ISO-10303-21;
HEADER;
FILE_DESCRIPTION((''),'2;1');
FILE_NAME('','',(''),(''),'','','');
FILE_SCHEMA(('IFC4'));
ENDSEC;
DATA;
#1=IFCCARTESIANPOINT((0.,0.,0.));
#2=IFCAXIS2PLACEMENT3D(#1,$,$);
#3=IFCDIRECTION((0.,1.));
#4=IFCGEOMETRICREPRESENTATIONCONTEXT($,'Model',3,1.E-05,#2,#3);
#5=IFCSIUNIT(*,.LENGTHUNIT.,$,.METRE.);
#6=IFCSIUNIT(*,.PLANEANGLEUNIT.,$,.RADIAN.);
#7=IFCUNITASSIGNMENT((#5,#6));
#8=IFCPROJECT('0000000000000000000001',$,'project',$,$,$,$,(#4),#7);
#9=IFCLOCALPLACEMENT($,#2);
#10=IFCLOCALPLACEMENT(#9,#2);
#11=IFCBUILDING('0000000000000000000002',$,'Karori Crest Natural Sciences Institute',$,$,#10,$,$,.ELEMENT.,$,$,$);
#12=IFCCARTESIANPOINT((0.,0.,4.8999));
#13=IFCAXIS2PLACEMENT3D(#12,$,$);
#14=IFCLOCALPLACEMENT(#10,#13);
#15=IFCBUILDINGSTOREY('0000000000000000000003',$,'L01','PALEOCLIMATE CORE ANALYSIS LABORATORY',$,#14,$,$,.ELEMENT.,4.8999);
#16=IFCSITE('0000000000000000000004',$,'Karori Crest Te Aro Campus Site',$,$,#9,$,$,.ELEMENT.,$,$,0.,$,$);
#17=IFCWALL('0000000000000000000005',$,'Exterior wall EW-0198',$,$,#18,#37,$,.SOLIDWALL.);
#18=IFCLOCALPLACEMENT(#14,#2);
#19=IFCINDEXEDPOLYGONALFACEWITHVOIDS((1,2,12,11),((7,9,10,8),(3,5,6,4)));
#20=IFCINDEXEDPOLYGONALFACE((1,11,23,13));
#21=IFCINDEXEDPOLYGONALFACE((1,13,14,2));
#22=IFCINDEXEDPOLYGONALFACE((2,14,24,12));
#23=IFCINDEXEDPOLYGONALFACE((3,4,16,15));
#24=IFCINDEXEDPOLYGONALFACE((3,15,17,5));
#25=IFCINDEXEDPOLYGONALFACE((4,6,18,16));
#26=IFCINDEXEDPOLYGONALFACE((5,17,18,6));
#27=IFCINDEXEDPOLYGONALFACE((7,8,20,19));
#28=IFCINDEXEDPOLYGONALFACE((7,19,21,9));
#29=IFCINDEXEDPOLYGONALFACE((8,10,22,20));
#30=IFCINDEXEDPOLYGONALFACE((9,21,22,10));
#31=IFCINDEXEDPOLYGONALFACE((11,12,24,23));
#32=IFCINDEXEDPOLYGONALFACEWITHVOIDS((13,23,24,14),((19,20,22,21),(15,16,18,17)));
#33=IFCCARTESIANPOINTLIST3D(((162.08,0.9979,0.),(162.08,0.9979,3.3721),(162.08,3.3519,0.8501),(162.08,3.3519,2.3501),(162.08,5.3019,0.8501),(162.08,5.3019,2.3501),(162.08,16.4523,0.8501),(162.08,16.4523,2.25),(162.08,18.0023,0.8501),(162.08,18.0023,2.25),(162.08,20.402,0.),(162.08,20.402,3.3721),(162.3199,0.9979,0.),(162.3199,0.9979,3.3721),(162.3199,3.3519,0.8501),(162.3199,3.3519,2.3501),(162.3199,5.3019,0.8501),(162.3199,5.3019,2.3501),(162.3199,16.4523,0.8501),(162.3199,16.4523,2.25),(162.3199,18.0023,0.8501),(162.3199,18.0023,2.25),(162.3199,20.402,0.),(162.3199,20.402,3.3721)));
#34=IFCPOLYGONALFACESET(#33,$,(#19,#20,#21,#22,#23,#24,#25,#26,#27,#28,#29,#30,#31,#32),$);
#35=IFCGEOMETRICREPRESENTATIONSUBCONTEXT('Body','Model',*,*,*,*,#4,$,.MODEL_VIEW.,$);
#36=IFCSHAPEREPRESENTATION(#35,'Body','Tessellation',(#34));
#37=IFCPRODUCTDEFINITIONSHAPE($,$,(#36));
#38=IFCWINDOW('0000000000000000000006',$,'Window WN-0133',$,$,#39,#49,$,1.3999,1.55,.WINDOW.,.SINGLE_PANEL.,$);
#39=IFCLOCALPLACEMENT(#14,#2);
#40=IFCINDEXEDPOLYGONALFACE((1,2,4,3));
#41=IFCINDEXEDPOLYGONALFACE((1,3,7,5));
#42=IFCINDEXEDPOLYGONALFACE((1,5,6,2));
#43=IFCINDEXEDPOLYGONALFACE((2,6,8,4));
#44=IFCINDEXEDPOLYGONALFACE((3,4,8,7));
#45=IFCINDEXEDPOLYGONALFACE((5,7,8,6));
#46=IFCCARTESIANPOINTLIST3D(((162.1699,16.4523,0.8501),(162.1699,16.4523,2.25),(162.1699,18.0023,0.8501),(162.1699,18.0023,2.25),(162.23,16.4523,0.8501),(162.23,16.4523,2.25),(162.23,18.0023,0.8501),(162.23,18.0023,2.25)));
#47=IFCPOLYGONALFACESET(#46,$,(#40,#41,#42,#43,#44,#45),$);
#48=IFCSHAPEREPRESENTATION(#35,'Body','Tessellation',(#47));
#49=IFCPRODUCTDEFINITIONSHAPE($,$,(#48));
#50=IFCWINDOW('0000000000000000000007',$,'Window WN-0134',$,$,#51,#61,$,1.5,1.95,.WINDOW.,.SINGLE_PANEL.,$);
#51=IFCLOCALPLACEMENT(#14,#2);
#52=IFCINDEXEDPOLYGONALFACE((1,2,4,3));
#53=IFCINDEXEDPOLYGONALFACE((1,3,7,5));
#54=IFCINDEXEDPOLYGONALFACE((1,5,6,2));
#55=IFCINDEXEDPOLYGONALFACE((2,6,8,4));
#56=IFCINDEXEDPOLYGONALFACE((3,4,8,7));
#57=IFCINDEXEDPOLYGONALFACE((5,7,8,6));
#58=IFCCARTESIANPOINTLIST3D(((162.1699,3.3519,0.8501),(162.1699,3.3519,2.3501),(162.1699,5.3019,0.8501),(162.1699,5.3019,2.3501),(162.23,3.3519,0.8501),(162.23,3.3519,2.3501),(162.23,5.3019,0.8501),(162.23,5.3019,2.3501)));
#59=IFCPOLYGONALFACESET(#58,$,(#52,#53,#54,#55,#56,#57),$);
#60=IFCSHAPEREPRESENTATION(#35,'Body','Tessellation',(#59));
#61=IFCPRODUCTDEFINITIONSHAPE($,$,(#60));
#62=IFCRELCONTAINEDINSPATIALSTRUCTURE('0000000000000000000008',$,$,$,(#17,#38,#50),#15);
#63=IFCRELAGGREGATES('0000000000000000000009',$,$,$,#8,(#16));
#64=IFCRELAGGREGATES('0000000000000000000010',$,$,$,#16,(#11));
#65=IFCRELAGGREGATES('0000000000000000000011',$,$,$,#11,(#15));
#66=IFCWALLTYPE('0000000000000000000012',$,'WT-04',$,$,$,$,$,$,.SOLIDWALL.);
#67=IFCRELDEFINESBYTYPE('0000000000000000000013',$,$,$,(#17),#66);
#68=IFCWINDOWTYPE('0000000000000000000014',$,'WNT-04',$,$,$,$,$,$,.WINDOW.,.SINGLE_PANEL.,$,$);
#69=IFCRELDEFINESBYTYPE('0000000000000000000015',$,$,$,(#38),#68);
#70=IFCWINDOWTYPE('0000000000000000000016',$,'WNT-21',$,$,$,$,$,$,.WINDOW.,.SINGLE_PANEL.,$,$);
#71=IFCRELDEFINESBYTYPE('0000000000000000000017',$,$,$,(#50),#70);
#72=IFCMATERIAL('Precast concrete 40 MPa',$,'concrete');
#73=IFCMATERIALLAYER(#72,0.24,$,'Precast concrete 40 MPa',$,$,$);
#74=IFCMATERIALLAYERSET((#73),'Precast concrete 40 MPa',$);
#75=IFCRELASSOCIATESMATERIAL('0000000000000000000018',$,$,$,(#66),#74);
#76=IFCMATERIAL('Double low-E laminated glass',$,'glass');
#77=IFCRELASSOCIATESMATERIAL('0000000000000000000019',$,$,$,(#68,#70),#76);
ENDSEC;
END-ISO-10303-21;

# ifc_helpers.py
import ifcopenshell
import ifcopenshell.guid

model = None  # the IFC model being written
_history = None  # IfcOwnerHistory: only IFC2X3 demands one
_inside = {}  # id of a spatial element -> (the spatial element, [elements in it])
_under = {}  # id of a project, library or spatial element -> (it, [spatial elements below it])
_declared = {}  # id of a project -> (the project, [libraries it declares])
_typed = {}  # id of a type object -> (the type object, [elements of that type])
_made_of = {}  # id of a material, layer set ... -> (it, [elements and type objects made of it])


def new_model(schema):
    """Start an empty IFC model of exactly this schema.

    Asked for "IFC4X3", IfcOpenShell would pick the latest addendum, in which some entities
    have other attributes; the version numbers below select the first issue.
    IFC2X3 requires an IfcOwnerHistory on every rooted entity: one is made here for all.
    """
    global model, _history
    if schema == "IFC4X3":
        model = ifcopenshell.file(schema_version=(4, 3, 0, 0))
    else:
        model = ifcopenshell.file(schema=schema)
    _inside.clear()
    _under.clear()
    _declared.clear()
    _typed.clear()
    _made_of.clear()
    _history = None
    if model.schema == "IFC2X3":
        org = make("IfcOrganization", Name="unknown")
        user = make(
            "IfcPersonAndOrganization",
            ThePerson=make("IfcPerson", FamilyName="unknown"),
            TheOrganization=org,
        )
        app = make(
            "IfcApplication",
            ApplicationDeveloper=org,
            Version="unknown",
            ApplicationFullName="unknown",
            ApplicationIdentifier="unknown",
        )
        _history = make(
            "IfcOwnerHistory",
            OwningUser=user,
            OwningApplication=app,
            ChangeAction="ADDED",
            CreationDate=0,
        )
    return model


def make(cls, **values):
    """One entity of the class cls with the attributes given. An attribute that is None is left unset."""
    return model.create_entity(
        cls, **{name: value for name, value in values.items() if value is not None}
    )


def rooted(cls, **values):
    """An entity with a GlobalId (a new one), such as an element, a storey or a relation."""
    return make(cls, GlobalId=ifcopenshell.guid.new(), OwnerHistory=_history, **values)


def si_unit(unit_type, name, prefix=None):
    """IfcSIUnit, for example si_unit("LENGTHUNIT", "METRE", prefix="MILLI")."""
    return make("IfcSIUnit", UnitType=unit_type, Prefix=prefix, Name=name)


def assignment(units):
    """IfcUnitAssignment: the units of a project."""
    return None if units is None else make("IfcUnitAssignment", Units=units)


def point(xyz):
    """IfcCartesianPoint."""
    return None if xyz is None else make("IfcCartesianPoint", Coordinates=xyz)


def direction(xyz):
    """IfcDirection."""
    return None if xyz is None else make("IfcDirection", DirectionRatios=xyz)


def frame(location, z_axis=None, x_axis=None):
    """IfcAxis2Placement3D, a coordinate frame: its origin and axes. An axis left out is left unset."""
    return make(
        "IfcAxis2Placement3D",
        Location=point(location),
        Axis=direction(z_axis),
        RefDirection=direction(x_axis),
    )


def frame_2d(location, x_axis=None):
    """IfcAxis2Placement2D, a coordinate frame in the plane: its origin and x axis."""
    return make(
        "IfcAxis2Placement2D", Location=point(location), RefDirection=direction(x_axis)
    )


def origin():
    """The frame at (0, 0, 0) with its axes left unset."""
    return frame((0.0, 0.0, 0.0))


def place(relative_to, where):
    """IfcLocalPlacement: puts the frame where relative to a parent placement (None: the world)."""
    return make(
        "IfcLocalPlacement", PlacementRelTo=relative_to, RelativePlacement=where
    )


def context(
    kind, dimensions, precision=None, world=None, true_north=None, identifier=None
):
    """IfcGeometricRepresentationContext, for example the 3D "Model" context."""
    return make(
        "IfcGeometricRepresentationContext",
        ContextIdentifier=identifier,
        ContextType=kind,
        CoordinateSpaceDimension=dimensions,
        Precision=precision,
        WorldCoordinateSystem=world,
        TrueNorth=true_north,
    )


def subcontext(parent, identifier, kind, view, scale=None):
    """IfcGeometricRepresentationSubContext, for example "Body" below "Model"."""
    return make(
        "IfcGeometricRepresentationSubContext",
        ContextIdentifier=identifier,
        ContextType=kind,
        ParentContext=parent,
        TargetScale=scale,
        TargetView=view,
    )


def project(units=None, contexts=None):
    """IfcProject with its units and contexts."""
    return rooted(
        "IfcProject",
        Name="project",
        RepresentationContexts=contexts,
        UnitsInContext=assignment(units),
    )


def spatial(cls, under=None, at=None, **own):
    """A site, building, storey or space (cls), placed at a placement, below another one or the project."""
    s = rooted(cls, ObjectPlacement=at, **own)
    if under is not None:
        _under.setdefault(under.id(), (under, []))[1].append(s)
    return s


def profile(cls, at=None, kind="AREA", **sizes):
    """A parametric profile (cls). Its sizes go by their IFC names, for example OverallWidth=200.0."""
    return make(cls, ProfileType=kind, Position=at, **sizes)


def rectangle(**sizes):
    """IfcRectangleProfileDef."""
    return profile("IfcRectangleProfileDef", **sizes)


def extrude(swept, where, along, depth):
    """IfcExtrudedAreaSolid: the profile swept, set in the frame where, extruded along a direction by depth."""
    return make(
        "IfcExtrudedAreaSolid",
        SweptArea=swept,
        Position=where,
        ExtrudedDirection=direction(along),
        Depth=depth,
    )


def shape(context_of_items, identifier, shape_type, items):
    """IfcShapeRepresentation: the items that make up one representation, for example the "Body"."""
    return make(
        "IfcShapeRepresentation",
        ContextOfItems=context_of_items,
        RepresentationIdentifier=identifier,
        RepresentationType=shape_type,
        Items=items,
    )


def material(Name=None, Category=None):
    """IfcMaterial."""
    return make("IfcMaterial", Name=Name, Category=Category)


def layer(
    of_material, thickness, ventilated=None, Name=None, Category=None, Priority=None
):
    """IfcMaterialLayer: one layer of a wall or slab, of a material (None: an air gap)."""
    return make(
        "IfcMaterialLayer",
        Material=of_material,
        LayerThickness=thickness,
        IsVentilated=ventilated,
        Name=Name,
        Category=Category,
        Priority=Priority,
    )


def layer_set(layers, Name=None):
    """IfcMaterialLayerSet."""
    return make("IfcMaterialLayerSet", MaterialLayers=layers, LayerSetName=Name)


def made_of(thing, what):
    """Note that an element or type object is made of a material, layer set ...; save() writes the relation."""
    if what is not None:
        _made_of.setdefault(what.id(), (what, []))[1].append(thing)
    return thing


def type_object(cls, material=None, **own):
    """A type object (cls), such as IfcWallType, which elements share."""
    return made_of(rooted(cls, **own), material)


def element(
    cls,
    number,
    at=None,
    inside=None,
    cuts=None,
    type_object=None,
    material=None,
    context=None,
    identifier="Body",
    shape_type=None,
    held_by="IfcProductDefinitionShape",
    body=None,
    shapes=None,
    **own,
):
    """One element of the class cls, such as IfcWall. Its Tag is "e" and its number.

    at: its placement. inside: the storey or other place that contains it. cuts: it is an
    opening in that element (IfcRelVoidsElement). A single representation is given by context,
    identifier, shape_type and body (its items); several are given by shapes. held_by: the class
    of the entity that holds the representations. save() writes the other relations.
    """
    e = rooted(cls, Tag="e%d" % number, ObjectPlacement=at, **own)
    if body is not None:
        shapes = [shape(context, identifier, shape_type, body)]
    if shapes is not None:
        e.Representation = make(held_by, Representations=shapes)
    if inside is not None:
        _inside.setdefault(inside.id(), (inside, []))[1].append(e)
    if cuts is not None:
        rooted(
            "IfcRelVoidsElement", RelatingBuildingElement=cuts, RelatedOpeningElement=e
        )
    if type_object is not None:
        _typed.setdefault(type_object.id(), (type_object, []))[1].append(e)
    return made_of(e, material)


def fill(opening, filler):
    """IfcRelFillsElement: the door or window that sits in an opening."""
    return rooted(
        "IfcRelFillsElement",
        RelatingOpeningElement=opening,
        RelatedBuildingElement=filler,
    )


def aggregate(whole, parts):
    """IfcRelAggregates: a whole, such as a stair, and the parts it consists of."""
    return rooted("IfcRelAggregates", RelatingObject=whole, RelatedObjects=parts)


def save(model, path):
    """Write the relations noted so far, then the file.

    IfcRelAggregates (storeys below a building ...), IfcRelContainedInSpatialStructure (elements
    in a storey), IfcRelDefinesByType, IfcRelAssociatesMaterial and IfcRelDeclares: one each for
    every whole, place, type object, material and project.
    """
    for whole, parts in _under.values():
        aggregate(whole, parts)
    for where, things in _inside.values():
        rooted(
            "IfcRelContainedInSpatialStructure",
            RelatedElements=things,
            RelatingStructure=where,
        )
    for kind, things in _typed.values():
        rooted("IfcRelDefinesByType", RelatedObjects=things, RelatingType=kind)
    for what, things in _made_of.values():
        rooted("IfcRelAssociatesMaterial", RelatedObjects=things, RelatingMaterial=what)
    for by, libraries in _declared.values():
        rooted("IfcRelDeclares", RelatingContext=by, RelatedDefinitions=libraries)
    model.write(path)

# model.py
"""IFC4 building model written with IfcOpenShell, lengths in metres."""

from ifc_helpers import new_model, si_unit, direction, frame, frame_2d, origin, place, context, subcontext, project, spatial, rectangle, extrude, material, layer, layer_set, type_object, element, fill, save


model = new_model("IFC4")

# Units and contexts
model_context = context("Model", 3, precision=1e-05, world=origin(), true_north=direction((0.0, 1.0)))
body_context = subcontext(model_context, "Body", "Model", "MODEL_VIEW")
ifc_project = project(units=[si_unit("LENGTHUNIT", "METRE"), si_unit("PLANEANGLEUNIT", "RADIAN")], contexts=[model_context])

# Site, building, storey
site_placement = place(None, origin())
site = spatial("IfcSite", under=ifc_project, at=site_placement, Name="Karori Crest Te Aro Campus Site", CompositionType="ELEMENT", RefElevation=0.0)
building_placement = place(site_placement, origin())
building = spatial("IfcBuilding", under=site, at=building_placement, Name="Karori Crest Natural Sciences Institute", CompositionType="ELEMENT")
storey_placement = place(building_placement, frame((0.0, 0.0, 4.8999)))
storey = spatial("IfcBuildingStorey", under=building, at=storey_placement, Name="L01", Description="PALEOCLIMATE CORE ANALYSIS LABORATORY", CompositionType="ELEMENT", Elevation=4.8999)

# Shared definitions
ifc_material_1 = material(Name="Double low-E laminated glass", Category="glass")

# Wall, openings, windows
ifc_material_2 = material(Name="Precast concrete 40 MPa", Category="concrete")
ifc_layer_1 = layer(ifc_material_2, 0.24, Name="Precast concrete 40 MPa")
ifc_layer_set_1 = layer_set([ifc_layer_1], Name="Precast concrete 40 MPa")
wall_type = type_object("IfcWallType", Name="WT-04", PredefinedType="SOLIDWALL", material=ifc_layer_set_1)
wall_placement = place(storey_placement, frame((162.2, 20.4021, 0.0), z_axis=(0.0, 0.0, 1.0), x_axis=(0.0, -1.0, 0.0)))
wall = element("IfcWall", 1, at=wall_placement, inside=storey, type_object=wall_type, Name="Exterior wall EW-0198", PredefinedType="SOLIDWALL", context=body_context, shape_type="SweptSolid", body=[
    extrude(rectangle(XDim=19.4041, YDim=0.24, at=frame_2d((9.7021, 0.0))), origin(), (0.0, 0.0, 1.0), 3.3721),
])
opening_1_placement = place(wall_placement, frame((2.3999, 0.0, 0.8501)))
opening_1 = element("IfcOpeningElement", 2, at=opening_1_placement, cuts=wall, PredefinedType="OPENING", context=body_context, shape_type="SweptSolid", body=[
    extrude(rectangle(XDim=1.55, YDim=1.3999, at=frame_2d((0.7749, 0.7))), frame((0.0, 0.1299, 0.0), z_axis=(0.0, -1.0, 0.0), x_axis=(1.0, 0.0, 0.0)), (0.0, 0.0, 1.0), 0.26),
])
opening_2_placement = place(wall_placement, frame((15.1001, 0.0, 0.8501)))
opening_2 = element("IfcOpeningElement", 3, at=opening_2_placement, cuts=wall, PredefinedType="OPENING", context=body_context, shape_type="SweptSolid", body=[
    extrude(rectangle(XDim=1.95, YDim=1.5, at=frame_2d((0.9751, 0.75))), frame((0.0, 0.1299, 0.0), z_axis=(0.0, -1.0, 0.0), x_axis=(1.0, 0.0, 0.0)), (0.0, 0.0, 1.0), 0.26),
])
window_type_1 = type_object("IfcWindowType", Name="WNT-04", PartitioningType="SINGLE_PANEL", PredefinedType="WINDOW", material=ifc_material_1)
window_1_placement = place(opening_1_placement, origin())
window_1 = element("IfcWindow", 4, at=window_1_placement, inside=storey, type_object=window_type_1, Name="Window WN-0133", OverallHeight=1.3999, OverallWidth=1.55, PartitioningType="SINGLE_PANEL", PredefinedType="WINDOW", context=body_context, shape_type="SweptSolid", body=[
    extrude(rectangle(XDim=1.55, YDim=1.3999, at=frame_2d((0.7749, 0.7))), frame((0.0, 0.03, 0.0), z_axis=(0.0, -1.0, 0.0), x_axis=(1.0, 0.0, 0.0)), (0.0, 0.0, 1.0), 0.0601),
])
fill(opening_1, window_1)
window_type_2 = type_object("IfcWindowType", Name="WNT-21", PartitioningType="SINGLE_PANEL", PredefinedType="WINDOW", material=ifc_material_1)
window_2_placement = place(opening_2_placement, origin())
window_2 = element("IfcWindow", 5, at=window_2_placement, inside=storey, type_object=window_type_2, Name="Window WN-0134", OverallHeight=1.5, OverallWidth=1.95, PartitioningType="SINGLE_PANEL", PredefinedType="WINDOW", context=body_context, shape_type="SweptSolid", body=[
    extrude(rectangle(XDim=1.95, YDim=1.5, at=frame_2d((0.9751, 0.75))), frame((0.0, 0.03, 0.0), z_axis=(0.0, -1.0, 0.0), x_axis=(1.0, 0.0, 0.0)), (0.0, 0.0, 1.0), 0.0601),
])
fill(opening_2, window_2)

save(model, "model.ifc")
